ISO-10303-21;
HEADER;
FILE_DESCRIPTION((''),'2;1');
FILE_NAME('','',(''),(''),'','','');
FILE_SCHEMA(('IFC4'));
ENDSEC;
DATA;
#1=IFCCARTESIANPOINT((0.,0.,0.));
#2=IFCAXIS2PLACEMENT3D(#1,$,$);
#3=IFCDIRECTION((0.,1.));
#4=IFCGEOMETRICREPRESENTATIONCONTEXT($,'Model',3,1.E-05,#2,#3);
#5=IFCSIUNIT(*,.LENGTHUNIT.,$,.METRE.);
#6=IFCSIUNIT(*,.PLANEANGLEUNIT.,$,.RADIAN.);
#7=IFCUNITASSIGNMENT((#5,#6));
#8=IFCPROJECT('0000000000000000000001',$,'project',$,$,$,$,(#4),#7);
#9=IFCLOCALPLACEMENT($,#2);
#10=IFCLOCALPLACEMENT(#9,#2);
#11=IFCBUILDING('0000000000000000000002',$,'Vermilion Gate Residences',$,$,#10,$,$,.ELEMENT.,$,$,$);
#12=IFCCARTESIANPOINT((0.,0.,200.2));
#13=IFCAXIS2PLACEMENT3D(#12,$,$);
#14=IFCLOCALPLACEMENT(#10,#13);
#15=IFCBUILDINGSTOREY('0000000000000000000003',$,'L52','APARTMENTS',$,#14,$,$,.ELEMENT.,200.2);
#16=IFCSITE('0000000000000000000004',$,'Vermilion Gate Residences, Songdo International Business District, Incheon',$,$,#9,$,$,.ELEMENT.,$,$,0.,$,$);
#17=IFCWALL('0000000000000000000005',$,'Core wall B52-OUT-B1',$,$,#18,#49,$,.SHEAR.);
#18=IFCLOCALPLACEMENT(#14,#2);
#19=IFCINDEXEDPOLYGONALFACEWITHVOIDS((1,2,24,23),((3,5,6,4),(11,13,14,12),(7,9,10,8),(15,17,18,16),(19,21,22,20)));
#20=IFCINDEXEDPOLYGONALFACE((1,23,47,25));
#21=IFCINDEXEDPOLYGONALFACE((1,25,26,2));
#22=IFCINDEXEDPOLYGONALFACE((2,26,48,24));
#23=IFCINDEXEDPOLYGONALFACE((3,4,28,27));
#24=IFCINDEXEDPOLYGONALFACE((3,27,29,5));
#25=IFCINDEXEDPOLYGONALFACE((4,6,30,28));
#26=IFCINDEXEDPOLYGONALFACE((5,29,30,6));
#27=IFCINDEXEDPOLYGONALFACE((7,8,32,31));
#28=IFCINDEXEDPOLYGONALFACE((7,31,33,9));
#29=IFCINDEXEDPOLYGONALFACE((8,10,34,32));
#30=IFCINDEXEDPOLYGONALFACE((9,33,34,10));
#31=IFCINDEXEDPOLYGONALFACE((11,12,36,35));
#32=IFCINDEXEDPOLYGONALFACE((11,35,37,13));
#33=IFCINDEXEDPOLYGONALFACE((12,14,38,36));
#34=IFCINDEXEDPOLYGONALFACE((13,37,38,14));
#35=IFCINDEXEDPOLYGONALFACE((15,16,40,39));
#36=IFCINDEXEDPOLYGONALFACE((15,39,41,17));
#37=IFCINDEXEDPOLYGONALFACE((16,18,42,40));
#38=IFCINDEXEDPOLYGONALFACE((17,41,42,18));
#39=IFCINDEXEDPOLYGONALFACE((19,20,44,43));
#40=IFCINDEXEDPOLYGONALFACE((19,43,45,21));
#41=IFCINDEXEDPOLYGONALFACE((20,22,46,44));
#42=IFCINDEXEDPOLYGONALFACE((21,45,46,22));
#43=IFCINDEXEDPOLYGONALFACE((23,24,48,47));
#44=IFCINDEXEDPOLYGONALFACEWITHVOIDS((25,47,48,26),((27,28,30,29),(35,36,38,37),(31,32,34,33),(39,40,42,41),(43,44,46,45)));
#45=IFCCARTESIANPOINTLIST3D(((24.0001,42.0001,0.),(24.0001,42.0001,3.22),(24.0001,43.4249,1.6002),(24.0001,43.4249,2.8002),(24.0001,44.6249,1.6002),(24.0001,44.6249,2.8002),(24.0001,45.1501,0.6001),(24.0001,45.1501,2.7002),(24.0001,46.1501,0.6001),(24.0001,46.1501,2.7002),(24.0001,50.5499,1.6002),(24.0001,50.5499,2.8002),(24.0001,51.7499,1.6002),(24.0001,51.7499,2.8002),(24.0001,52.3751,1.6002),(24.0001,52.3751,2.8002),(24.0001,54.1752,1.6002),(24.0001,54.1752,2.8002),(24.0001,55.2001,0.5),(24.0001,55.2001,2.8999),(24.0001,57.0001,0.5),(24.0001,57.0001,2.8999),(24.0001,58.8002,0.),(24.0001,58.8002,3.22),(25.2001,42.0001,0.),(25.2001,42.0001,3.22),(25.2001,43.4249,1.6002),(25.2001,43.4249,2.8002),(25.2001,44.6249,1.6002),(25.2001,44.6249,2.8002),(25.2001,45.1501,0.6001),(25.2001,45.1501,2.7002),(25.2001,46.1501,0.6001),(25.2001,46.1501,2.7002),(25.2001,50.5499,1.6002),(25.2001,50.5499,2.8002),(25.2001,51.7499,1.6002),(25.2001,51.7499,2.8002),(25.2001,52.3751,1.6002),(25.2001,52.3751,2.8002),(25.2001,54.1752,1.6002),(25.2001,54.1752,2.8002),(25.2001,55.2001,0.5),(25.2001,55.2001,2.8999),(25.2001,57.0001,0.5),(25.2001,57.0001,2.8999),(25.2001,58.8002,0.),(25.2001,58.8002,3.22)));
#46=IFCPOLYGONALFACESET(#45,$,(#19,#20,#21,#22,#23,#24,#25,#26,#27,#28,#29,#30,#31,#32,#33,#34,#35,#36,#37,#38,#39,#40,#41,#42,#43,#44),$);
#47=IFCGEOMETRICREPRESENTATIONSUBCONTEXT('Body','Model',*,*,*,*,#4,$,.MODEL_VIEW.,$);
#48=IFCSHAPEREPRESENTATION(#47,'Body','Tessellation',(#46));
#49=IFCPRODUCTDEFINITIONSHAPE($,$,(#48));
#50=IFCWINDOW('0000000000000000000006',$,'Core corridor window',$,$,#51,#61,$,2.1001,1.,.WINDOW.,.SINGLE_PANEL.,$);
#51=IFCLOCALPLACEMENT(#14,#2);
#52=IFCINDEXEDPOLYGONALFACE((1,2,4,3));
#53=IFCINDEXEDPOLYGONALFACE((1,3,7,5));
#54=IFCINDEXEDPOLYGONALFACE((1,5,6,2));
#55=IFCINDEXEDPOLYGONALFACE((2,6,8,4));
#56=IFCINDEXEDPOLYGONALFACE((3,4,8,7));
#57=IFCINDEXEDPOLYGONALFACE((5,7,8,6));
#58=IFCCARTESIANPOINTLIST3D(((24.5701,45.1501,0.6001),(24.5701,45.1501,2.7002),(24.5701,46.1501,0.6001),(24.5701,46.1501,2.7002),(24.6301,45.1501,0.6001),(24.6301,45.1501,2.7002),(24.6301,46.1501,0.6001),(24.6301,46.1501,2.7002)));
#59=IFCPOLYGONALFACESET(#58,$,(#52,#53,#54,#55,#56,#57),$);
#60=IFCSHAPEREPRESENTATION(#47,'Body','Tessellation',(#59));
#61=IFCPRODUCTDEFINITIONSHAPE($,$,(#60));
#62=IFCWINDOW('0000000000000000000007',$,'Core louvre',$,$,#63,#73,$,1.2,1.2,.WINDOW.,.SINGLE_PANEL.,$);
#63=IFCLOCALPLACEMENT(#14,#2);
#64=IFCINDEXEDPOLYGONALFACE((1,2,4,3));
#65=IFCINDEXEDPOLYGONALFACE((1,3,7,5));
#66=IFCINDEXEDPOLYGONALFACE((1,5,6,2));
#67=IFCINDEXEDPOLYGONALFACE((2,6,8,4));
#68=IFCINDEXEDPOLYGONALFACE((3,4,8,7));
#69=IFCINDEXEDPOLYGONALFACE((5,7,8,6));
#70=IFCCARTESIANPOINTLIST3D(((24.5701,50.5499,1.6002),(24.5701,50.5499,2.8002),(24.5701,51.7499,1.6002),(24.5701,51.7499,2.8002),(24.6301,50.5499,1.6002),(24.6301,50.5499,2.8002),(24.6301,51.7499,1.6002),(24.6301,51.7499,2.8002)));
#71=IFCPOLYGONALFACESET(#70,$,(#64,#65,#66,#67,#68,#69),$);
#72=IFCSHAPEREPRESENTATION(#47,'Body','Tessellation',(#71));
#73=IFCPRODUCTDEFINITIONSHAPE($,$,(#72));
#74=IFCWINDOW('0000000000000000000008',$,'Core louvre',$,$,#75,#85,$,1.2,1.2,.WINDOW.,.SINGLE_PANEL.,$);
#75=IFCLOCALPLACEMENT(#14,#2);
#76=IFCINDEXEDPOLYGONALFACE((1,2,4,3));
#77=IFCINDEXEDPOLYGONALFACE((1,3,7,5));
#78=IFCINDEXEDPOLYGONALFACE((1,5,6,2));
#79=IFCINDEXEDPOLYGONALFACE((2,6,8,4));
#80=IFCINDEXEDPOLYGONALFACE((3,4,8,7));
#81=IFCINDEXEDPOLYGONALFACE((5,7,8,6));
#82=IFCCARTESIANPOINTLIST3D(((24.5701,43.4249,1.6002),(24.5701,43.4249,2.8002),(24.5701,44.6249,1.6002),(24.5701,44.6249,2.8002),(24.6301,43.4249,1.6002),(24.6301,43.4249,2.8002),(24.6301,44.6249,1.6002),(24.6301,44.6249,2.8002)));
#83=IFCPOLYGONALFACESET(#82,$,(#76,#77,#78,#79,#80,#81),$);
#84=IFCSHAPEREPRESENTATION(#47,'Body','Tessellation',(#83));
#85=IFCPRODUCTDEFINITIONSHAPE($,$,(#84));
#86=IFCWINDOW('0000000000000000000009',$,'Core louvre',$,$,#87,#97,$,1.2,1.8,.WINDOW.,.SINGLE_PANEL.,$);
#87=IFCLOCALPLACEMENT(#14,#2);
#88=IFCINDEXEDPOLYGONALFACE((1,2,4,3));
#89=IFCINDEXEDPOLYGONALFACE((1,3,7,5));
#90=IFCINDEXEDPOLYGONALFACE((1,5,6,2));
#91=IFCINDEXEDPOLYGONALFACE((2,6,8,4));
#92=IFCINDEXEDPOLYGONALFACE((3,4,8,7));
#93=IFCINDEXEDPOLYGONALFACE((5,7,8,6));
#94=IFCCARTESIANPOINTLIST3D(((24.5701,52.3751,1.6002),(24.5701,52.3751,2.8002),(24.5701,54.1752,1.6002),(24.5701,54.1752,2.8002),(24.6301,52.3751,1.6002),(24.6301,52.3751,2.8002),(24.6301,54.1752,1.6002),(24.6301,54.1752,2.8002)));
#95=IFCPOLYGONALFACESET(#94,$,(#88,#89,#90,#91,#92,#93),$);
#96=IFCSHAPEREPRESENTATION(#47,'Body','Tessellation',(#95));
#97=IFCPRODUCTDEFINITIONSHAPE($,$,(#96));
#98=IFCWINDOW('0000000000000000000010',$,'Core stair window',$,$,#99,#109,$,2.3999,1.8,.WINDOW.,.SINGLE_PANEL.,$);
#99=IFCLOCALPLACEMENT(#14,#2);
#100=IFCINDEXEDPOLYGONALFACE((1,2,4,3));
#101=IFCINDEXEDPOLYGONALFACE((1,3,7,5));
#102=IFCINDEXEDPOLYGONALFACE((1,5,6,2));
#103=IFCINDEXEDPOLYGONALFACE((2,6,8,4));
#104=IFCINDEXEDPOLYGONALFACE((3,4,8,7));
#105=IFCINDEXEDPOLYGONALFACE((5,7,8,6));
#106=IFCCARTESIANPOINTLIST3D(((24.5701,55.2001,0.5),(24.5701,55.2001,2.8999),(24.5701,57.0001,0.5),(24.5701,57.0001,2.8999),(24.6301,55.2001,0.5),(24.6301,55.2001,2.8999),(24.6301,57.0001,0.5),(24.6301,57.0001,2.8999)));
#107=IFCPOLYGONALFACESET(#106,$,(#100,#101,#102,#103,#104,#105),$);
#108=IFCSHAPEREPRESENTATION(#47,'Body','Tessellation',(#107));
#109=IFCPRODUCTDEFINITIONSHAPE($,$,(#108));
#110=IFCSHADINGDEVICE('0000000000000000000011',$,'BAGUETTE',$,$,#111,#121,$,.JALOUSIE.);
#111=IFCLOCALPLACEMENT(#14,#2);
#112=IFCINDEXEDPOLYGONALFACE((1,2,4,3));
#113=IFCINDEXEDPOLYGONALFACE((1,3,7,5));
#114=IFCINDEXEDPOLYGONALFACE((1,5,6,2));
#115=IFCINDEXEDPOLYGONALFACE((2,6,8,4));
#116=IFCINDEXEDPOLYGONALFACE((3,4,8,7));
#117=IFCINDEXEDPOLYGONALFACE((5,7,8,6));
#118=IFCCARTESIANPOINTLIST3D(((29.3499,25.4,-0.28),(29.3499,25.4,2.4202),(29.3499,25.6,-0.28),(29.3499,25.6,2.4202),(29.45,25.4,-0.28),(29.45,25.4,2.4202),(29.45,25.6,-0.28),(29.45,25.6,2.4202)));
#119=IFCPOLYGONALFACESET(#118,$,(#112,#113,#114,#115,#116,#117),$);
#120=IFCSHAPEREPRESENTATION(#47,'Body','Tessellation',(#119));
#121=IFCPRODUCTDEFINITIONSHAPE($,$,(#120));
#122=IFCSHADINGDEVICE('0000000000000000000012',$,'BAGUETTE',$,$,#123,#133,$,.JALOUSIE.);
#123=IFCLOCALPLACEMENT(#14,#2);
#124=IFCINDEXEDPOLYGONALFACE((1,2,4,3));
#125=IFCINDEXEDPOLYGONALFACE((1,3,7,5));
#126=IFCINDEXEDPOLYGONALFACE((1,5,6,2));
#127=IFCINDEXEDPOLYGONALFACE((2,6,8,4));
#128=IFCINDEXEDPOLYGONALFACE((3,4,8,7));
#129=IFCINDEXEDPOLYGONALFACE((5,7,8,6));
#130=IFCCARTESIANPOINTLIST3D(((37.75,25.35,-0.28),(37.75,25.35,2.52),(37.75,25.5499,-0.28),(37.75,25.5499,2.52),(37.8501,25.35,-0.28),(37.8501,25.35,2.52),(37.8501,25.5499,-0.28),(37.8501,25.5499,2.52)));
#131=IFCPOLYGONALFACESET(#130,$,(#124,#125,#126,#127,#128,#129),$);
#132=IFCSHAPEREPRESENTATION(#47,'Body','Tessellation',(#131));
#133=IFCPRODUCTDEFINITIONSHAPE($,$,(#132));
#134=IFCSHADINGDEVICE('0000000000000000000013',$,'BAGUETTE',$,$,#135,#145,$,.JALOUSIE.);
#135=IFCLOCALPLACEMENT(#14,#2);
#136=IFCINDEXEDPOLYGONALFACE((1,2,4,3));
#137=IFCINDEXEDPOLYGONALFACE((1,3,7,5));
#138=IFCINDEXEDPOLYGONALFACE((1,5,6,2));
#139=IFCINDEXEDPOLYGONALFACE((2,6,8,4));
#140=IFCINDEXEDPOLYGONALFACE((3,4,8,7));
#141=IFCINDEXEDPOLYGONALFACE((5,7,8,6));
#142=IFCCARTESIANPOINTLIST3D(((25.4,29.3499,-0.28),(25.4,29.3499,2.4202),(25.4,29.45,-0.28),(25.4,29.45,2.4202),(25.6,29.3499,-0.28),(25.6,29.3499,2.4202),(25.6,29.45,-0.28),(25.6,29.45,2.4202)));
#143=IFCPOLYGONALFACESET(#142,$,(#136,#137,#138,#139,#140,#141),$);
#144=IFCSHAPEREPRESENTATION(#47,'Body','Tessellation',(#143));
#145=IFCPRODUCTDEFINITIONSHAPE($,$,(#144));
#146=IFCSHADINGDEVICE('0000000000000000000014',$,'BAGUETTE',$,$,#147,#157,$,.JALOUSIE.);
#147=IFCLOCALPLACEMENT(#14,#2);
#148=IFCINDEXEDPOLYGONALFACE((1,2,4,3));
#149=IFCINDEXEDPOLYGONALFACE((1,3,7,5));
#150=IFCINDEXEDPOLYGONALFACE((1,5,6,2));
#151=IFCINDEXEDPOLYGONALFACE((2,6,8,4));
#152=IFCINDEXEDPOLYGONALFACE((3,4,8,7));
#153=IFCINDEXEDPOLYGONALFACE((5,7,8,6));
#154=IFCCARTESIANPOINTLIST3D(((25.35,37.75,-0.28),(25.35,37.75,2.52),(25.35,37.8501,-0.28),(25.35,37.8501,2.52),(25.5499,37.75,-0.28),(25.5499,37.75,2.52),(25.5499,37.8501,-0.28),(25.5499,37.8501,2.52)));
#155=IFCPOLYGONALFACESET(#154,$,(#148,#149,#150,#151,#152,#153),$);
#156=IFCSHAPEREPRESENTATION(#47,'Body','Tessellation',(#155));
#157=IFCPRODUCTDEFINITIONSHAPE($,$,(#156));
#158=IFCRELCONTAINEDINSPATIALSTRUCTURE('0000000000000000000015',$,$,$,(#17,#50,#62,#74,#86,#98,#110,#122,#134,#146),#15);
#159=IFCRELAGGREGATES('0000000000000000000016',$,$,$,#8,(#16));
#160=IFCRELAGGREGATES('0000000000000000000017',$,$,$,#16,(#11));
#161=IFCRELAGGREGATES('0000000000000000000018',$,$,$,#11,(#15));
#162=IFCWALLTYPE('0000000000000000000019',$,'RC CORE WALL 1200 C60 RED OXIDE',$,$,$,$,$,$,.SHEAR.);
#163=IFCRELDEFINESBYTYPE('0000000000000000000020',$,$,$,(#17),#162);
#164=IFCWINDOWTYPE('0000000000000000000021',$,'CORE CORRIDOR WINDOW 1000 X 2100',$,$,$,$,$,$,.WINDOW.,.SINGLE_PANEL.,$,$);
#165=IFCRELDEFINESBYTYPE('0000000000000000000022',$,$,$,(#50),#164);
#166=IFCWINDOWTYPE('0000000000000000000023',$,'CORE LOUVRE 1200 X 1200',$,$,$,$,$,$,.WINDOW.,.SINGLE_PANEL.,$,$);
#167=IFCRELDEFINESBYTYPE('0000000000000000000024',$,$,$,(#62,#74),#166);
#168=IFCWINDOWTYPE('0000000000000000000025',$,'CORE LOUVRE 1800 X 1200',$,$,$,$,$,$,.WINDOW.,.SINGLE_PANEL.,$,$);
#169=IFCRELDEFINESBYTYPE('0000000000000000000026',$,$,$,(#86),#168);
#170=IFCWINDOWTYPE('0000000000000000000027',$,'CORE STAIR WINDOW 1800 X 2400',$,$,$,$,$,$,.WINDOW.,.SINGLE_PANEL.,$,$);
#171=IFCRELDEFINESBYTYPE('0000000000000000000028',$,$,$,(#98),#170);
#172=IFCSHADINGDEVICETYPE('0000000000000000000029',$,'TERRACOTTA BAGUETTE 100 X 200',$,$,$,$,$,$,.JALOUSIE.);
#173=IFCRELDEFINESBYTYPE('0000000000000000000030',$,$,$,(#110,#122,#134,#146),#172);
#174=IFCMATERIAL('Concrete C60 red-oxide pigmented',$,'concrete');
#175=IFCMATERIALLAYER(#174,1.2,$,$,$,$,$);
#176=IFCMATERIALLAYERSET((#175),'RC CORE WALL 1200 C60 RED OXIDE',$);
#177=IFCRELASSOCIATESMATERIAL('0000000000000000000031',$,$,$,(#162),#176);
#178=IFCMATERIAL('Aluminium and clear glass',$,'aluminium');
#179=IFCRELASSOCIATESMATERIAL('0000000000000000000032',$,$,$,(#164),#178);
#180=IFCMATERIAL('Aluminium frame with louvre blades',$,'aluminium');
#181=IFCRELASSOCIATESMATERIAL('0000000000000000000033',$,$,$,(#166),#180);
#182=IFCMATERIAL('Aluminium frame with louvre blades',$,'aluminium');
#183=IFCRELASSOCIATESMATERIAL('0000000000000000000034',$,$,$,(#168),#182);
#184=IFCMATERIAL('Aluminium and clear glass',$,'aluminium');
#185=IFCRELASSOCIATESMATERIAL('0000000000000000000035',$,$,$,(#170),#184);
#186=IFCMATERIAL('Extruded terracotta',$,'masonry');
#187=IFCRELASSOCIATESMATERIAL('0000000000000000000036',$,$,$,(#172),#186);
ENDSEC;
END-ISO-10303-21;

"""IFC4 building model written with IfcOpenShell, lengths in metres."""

from ifc_helpers import new_model, si_unit, direction, frame, frame_2d, origin, origin_2d, place, context, subcontext, project, spatial, rectangle, extrude, material, layer, layer_set, material_profile, profile_set, type_object, element, fill, save


model = new_model("IFC4")

# Units and contexts
model_context = context("Model", 3, precision=1e-05, world=origin(), true_north=direction((0.0, 1.0)))
body_context = subcontext(model_context, "Body", "Model", "MODEL_VIEW")
ifc_project = project(units=[si_unit("LENGTHUNIT", "METRE"), si_unit("PLANEANGLEUNIT", "RADIAN")], contexts=[model_context])

# Site, building, storey
site_placement = place(None, origin())
site = spatial("IfcSite", under=ifc_project, at=site_placement, Name="Vermilion Gate Residences, Songdo International Business District, Incheon", CompositionType="ELEMENT", RefElevation=0.0)
building_placement = place(site_placement, origin())
building = spatial("IfcBuilding", under=site, at=building_placement, Name="Vermilion Gate Residences", CompositionType="ELEMENT")
storey_placement = place(building_placement, frame((0.0, 0.0, 200.2)))
storey = spatial("IfcBuildingStorey", under=building, at=storey_placement, Name="L52", Description="APARTMENTS", CompositionType="ELEMENT", Elevation=200.2)

# Wall, openings, windows
ifc_material_1 = material(Name="Concrete C60 red-oxide pigmented", Category="concrete")
ifc_layer_1 = layer(ifc_material_1, 1.2)
ifc_layer_set_1 = layer_set([ifc_layer_1], Name="RC CORE WALL 1200 C60 RED OXIDE")
wall_type_1 = type_object("IfcWallType", Name="RC CORE WALL 1200 C60 RED OXIDE", PredefinedType="SHEAR", material=ifc_layer_set_1)
wall_1_placement = place(storey_placement, frame((24.6001, 58.8, 0.0), z_axis=(0.0, 0.0, 1.0), x_axis=(0.0, -1.0, 0.0)))
wall_1 = element("IfcWall", 1, at=wall_1_placement, inside=storey, type_object=wall_type_1, Name="Core wall B52-OUT-B1", PredefinedType="SHEAR", context=body_context, shape_type="SweptSolid", body=[
    extrude(rectangle(XDim=16.8, YDim=1.2, at=frame_2d((8.3999, 0.0))), origin(), (0.0, 0.0, 1.0), 3.22),
])
opening_1_placement = place(wall_1_placement, frame((1.8, 0.0, 0.5)))
opening_1 = element("IfcOpeningElement", 2, at=opening_1_placement, cuts=wall_1, PredefinedType="OPENING", context=body_context, shape_type="SweptSolid", body=[
    extrude(rectangle(XDim=1.8, YDim=2.3999, at=frame_2d((0.8999, 1.2))), frame((0.0, 0.6099, 0.0), z_axis=(0.0, -1.0, 0.0), x_axis=(1.0, 0.0, 0.0)), (0.0, 0.0, 1.0), 1.22),
])
opening_2_placement = place(wall_1_placement, frame((4.625, 0.0, 1.6001)))
opening_2 = element("IfcOpeningElement", 3, at=opening_2_placement, cuts=wall_1, PredefinedType="OPENING", context=body_context, shape_type="SweptSolid", body=[
    extrude(rectangle(XDim=1.8, YDim=1.2, at=frame_2d((0.8999, 0.6001))), frame((0.0, 0.6099, 0.0), z_axis=(0.0, -1.0, 0.0), x_axis=(1.0, 0.0, 0.0)), (0.0, 0.0, 1.0), 1.22),
])
opening_3_placement = place(wall_1_placement, frame((7.05, 0.0, 1.6001)))
opening_3 = element("IfcOpeningElement", 4, at=opening_3_placement, cuts=wall_1, PredefinedType="OPENING", context=body_context, shape_type="SweptSolid", body=[
    extrude(rectangle(XDim=1.2, YDim=1.2, at=frame_2d((0.6001, 0.6001))), frame((0.0, 0.6099, 0.0), z_axis=(0.0, -1.0, 0.0), x_axis=(1.0, 0.0, 0.0)), (0.0, 0.0, 1.0), 1.22),
])
opening_4_placement = place(wall_1_placement, frame((12.6499, 0.0, 0.6001)))
opening_4 = element("IfcOpeningElement", 5, at=opening_4_placement, cuts=wall_1, PredefinedType="OPENING", context=body_context, shape_type="SweptSolid", body=[
    extrude(rectangle(XDim=1.0, YDim=2.1001, at=frame_2d((0.5, 1.05))), frame((0.0, 0.6099, 0.0), z_axis=(0.0, -1.0, 0.0), x_axis=(1.0, 0.0, 0.0)), (0.0, 0.0, 1.0), 1.22),
])
opening_5_placement = place(wall_1_placement, frame((14.175, 0.0, 1.6001)))
opening_5 = element("IfcOpeningElement", 6, at=opening_5_placement, cuts=wall_1, PredefinedType="OPENING", context=body_context, shape_type="SweptSolid", body=[
    extrude(rectangle(XDim=1.2, YDim=1.2, at=frame_2d((0.6001, 0.6001))), frame((0.0, 0.6099, 0.0), z_axis=(0.0, -1.0, 0.0), x_axis=(1.0, 0.0, 0.0)), (0.0, 0.0, 1.0), 1.22),
])
ifc_material_2 = material(Name="Aluminium and clear glass", Category="aluminium")
window_type_1 = type_object("IfcWindowType", Name="CORE CORRIDOR WINDOW 1000 X 2100", PartitioningType="SINGLE_PANEL", PredefinedType="WINDOW", material=ifc_material_2)
window_1_placement = place(opening_4_placement, origin())
window_1 = element("IfcWindow", 7, at=window_1_placement, inside=storey, type_object=window_type_1, Name="Core corridor window", OverallHeight=2.1001, OverallWidth=1.0, PartitioningType="SINGLE_PANEL", PredefinedType="WINDOW", context=body_context, shape_type="SweptSolid", body=[
    extrude(rectangle(XDim=1.0, YDim=2.1001, at=frame_2d((0.5, 1.05))), frame((0.0, 0.03, 0.0), z_axis=(0.0, -1.0, 0.0), x_axis=(1.0, 0.0, 0.0)), (0.0, 0.0, 1.0), 0.0601),
])
fill(opening_4, window_1)
ifc_material_3 = material(Name="Aluminium frame with louvre blades", Category="aluminium")
window_type_2 = type_object("IfcWindowType", Name="CORE LOUVRE 1200 X 1200", PartitioningType="SINGLE_PANEL", PredefinedType="WINDOW", material=ifc_material_3)
window_2_placement = place(opening_3_placement, origin())
window_2 = element("IfcWindow", 8, at=window_2_placement, inside=storey, type_object=window_type_2, Name="Core louvre", OverallHeight=1.2, OverallWidth=1.2, PartitioningType="SINGLE_PANEL", PredefinedType="WINDOW", context=body_context, shape_type="SweptSolid", body=[
    extrude(rectangle(XDim=1.2, YDim=1.2, at=frame_2d((0.6001, 0.6001))), frame((0.0, 0.03, 0.0), z_axis=(0.0, -1.0, 0.0), x_axis=(1.0, 0.0, 0.0)), (0.0, 0.0, 1.0), 0.0601),
])
fill(opening_3, window_2)
window_3_placement = place(opening_5_placement, origin())
window_3 = element("IfcWindow", 9, at=window_3_placement, inside=storey, type_object=window_type_2, Name="Core louvre", OverallHeight=1.2, OverallWidth=1.2, PartitioningType="SINGLE_PANEL", PredefinedType="WINDOW", context=body_context, shape_type="SweptSolid", body=[
    extrude(rectangle(XDim=1.2, YDim=1.2, at=frame_2d((0.6001, 0.6001))), frame((0.0, 0.03, 0.0), z_axis=(0.0, -1.0, 0.0), x_axis=(1.0, 0.0, 0.0)), (0.0, 0.0, 1.0), 0.0601),
])
fill(opening_5, window_3)
ifc_material_4 = material(Name="Aluminium frame with louvre blades", Category="aluminium")
window_type_3 = type_object("IfcWindowType", Name="CORE LOUVRE 1800 X 1200", PartitioningType="SINGLE_PANEL", PredefinedType="WINDOW", material=ifc_material_4)
window_4_placement = place(opening_2_placement, origin())
window_4 = element("IfcWindow", 10, at=window_4_placement, inside=storey, type_object=window_type_3, Name="Core louvre", OverallHeight=1.2, OverallWidth=1.8, PartitioningType="SINGLE_PANEL", PredefinedType="WINDOW", context=body_context, shape_type="SweptSolid", body=[
    extrude(rectangle(XDim=1.8, YDim=1.2, at=frame_2d((0.8999, 0.6001))), frame((0.0, 0.03, 0.0), z_axis=(0.0, -1.0, 0.0), x_axis=(1.0, 0.0, 0.0)), (0.0, 0.0, 1.0), 0.0601),
])
fill(opening_2, window_4)
ifc_material_5 = material(Name="Aluminium and clear glass", Category="aluminium")
window_type_4 = type_object("IfcWindowType", Name="CORE STAIR WINDOW 1800 X 2400", PartitioningType="SINGLE_PANEL", PredefinedType="WINDOW", material=ifc_material_5)
window_5_placement = place(opening_1_placement, origin())
window_5 = element("IfcWindow", 11, at=window_5_placement, inside=storey, type_object=window_type_4, Name="Core stair window", OverallHeight=2.3999, OverallWidth=1.8, PartitioningType="SINGLE_PANEL", PredefinedType="WINDOW", context=body_context, shape_type="SweptSolid", body=[
    extrude(rectangle(XDim=1.8, YDim=2.3999, at=frame_2d((0.8999, 1.2))), frame((0.0, 0.03, 0.0), z_axis=(0.0, -1.0, 0.0), x_axis=(1.0, 0.0, 0.0)), (0.0, 0.0, 1.0), 0.0601),
])
fill(opening_1, window_5)

# Shading devices
ifc_material_6 = material(Name="Extruded terracotta", Category="masonry")
ifc_material_profile_1 = material_profile(ifc_material_6, rectangle(XDim=0.2, YDim=0.1001, at=origin_2d()), Name="BAGUETTE 100 X 200")
ifc_profile_set_1 = profile_set([ifc_material_profile_1], Name="Extruded terracotta")
shading_device_type_1 = type_object("IfcShadingDeviceType", Name="TERRACOTTA BAGUETTE 100 X 200", PredefinedType="JALOUSIE", material=ifc_profile_set_1)
shading_device_1_placement = place(storey_placement, frame((29.3999, 25.5, -0.28), z_axis=(0.0, 0.0, 1.0), x_axis=(0.0, -1.0, 0.0)))
element("IfcShadingDevice", 12, at=shading_device_1_placement, inside=storey, type_object=shading_device_type_1, Name="BAGUETTE", PredefinedType="JALOUSIE", context=body_context, shape_type="SweptSolid", body=[
    extrude(rectangle(XDim=0.2, YDim=0.1001, at=origin_2d()), origin(), (0.0, 0.0, 1.0), 2.7002),
])
shading_device_2_placement = place(storey_placement, frame((37.8, 25.45, -0.28), z_axis=(0.0, 0.0, 1.0), x_axis=(0.0, -1.0, 0.0)))
element("IfcShadingDevice", 13, at=shading_device_2_placement, inside=storey, type_object=shading_device_type_1, Name="BAGUETTE", PredefinedType="JALOUSIE", context=body_context, shape_type="SweptSolid", body=[
    extrude(rectangle(XDim=0.2, YDim=0.1001, at=origin_2d()), origin(), (0.0, 0.0, 1.0), 2.8),
])
shading_device_3_placement = place(storey_placement, frame((25.5, 29.3999, -0.28), z_axis=(0.0, 0.0, 1.0), x_axis=(-1.0, 0.0, 0.0)))
element("IfcShadingDevice", 14, at=shading_device_3_placement, inside=storey, type_object=shading_device_type_1, Name="BAGUETTE", PredefinedType="JALOUSIE", context=body_context, shape_type="SweptSolid", body=[
    extrude(rectangle(XDim=0.2, YDim=0.1001, at=origin_2d()), origin(), (0.0, 0.0, 1.0), 2.7002),
])
shading_device_4_placement = place(storey_placement, frame((25.45, 37.8, -0.28), z_axis=(0.0, 0.0, 1.0), x_axis=(-1.0, 0.0, 0.0)))
element("IfcShadingDevice", 15, at=shading_device_4_placement, inside=storey, type_object=shading_device_type_1, Name="BAGUETTE", PredefinedType="JALOUSIE", context=body_context, shape_type="SweptSolid", body=[
    extrude(rectangle(XDim=0.2, YDim=0.1001, at=origin_2d()), origin(), (0.0, 0.0, 1.0), 2.8),
])

save(model, "model.ifc")
